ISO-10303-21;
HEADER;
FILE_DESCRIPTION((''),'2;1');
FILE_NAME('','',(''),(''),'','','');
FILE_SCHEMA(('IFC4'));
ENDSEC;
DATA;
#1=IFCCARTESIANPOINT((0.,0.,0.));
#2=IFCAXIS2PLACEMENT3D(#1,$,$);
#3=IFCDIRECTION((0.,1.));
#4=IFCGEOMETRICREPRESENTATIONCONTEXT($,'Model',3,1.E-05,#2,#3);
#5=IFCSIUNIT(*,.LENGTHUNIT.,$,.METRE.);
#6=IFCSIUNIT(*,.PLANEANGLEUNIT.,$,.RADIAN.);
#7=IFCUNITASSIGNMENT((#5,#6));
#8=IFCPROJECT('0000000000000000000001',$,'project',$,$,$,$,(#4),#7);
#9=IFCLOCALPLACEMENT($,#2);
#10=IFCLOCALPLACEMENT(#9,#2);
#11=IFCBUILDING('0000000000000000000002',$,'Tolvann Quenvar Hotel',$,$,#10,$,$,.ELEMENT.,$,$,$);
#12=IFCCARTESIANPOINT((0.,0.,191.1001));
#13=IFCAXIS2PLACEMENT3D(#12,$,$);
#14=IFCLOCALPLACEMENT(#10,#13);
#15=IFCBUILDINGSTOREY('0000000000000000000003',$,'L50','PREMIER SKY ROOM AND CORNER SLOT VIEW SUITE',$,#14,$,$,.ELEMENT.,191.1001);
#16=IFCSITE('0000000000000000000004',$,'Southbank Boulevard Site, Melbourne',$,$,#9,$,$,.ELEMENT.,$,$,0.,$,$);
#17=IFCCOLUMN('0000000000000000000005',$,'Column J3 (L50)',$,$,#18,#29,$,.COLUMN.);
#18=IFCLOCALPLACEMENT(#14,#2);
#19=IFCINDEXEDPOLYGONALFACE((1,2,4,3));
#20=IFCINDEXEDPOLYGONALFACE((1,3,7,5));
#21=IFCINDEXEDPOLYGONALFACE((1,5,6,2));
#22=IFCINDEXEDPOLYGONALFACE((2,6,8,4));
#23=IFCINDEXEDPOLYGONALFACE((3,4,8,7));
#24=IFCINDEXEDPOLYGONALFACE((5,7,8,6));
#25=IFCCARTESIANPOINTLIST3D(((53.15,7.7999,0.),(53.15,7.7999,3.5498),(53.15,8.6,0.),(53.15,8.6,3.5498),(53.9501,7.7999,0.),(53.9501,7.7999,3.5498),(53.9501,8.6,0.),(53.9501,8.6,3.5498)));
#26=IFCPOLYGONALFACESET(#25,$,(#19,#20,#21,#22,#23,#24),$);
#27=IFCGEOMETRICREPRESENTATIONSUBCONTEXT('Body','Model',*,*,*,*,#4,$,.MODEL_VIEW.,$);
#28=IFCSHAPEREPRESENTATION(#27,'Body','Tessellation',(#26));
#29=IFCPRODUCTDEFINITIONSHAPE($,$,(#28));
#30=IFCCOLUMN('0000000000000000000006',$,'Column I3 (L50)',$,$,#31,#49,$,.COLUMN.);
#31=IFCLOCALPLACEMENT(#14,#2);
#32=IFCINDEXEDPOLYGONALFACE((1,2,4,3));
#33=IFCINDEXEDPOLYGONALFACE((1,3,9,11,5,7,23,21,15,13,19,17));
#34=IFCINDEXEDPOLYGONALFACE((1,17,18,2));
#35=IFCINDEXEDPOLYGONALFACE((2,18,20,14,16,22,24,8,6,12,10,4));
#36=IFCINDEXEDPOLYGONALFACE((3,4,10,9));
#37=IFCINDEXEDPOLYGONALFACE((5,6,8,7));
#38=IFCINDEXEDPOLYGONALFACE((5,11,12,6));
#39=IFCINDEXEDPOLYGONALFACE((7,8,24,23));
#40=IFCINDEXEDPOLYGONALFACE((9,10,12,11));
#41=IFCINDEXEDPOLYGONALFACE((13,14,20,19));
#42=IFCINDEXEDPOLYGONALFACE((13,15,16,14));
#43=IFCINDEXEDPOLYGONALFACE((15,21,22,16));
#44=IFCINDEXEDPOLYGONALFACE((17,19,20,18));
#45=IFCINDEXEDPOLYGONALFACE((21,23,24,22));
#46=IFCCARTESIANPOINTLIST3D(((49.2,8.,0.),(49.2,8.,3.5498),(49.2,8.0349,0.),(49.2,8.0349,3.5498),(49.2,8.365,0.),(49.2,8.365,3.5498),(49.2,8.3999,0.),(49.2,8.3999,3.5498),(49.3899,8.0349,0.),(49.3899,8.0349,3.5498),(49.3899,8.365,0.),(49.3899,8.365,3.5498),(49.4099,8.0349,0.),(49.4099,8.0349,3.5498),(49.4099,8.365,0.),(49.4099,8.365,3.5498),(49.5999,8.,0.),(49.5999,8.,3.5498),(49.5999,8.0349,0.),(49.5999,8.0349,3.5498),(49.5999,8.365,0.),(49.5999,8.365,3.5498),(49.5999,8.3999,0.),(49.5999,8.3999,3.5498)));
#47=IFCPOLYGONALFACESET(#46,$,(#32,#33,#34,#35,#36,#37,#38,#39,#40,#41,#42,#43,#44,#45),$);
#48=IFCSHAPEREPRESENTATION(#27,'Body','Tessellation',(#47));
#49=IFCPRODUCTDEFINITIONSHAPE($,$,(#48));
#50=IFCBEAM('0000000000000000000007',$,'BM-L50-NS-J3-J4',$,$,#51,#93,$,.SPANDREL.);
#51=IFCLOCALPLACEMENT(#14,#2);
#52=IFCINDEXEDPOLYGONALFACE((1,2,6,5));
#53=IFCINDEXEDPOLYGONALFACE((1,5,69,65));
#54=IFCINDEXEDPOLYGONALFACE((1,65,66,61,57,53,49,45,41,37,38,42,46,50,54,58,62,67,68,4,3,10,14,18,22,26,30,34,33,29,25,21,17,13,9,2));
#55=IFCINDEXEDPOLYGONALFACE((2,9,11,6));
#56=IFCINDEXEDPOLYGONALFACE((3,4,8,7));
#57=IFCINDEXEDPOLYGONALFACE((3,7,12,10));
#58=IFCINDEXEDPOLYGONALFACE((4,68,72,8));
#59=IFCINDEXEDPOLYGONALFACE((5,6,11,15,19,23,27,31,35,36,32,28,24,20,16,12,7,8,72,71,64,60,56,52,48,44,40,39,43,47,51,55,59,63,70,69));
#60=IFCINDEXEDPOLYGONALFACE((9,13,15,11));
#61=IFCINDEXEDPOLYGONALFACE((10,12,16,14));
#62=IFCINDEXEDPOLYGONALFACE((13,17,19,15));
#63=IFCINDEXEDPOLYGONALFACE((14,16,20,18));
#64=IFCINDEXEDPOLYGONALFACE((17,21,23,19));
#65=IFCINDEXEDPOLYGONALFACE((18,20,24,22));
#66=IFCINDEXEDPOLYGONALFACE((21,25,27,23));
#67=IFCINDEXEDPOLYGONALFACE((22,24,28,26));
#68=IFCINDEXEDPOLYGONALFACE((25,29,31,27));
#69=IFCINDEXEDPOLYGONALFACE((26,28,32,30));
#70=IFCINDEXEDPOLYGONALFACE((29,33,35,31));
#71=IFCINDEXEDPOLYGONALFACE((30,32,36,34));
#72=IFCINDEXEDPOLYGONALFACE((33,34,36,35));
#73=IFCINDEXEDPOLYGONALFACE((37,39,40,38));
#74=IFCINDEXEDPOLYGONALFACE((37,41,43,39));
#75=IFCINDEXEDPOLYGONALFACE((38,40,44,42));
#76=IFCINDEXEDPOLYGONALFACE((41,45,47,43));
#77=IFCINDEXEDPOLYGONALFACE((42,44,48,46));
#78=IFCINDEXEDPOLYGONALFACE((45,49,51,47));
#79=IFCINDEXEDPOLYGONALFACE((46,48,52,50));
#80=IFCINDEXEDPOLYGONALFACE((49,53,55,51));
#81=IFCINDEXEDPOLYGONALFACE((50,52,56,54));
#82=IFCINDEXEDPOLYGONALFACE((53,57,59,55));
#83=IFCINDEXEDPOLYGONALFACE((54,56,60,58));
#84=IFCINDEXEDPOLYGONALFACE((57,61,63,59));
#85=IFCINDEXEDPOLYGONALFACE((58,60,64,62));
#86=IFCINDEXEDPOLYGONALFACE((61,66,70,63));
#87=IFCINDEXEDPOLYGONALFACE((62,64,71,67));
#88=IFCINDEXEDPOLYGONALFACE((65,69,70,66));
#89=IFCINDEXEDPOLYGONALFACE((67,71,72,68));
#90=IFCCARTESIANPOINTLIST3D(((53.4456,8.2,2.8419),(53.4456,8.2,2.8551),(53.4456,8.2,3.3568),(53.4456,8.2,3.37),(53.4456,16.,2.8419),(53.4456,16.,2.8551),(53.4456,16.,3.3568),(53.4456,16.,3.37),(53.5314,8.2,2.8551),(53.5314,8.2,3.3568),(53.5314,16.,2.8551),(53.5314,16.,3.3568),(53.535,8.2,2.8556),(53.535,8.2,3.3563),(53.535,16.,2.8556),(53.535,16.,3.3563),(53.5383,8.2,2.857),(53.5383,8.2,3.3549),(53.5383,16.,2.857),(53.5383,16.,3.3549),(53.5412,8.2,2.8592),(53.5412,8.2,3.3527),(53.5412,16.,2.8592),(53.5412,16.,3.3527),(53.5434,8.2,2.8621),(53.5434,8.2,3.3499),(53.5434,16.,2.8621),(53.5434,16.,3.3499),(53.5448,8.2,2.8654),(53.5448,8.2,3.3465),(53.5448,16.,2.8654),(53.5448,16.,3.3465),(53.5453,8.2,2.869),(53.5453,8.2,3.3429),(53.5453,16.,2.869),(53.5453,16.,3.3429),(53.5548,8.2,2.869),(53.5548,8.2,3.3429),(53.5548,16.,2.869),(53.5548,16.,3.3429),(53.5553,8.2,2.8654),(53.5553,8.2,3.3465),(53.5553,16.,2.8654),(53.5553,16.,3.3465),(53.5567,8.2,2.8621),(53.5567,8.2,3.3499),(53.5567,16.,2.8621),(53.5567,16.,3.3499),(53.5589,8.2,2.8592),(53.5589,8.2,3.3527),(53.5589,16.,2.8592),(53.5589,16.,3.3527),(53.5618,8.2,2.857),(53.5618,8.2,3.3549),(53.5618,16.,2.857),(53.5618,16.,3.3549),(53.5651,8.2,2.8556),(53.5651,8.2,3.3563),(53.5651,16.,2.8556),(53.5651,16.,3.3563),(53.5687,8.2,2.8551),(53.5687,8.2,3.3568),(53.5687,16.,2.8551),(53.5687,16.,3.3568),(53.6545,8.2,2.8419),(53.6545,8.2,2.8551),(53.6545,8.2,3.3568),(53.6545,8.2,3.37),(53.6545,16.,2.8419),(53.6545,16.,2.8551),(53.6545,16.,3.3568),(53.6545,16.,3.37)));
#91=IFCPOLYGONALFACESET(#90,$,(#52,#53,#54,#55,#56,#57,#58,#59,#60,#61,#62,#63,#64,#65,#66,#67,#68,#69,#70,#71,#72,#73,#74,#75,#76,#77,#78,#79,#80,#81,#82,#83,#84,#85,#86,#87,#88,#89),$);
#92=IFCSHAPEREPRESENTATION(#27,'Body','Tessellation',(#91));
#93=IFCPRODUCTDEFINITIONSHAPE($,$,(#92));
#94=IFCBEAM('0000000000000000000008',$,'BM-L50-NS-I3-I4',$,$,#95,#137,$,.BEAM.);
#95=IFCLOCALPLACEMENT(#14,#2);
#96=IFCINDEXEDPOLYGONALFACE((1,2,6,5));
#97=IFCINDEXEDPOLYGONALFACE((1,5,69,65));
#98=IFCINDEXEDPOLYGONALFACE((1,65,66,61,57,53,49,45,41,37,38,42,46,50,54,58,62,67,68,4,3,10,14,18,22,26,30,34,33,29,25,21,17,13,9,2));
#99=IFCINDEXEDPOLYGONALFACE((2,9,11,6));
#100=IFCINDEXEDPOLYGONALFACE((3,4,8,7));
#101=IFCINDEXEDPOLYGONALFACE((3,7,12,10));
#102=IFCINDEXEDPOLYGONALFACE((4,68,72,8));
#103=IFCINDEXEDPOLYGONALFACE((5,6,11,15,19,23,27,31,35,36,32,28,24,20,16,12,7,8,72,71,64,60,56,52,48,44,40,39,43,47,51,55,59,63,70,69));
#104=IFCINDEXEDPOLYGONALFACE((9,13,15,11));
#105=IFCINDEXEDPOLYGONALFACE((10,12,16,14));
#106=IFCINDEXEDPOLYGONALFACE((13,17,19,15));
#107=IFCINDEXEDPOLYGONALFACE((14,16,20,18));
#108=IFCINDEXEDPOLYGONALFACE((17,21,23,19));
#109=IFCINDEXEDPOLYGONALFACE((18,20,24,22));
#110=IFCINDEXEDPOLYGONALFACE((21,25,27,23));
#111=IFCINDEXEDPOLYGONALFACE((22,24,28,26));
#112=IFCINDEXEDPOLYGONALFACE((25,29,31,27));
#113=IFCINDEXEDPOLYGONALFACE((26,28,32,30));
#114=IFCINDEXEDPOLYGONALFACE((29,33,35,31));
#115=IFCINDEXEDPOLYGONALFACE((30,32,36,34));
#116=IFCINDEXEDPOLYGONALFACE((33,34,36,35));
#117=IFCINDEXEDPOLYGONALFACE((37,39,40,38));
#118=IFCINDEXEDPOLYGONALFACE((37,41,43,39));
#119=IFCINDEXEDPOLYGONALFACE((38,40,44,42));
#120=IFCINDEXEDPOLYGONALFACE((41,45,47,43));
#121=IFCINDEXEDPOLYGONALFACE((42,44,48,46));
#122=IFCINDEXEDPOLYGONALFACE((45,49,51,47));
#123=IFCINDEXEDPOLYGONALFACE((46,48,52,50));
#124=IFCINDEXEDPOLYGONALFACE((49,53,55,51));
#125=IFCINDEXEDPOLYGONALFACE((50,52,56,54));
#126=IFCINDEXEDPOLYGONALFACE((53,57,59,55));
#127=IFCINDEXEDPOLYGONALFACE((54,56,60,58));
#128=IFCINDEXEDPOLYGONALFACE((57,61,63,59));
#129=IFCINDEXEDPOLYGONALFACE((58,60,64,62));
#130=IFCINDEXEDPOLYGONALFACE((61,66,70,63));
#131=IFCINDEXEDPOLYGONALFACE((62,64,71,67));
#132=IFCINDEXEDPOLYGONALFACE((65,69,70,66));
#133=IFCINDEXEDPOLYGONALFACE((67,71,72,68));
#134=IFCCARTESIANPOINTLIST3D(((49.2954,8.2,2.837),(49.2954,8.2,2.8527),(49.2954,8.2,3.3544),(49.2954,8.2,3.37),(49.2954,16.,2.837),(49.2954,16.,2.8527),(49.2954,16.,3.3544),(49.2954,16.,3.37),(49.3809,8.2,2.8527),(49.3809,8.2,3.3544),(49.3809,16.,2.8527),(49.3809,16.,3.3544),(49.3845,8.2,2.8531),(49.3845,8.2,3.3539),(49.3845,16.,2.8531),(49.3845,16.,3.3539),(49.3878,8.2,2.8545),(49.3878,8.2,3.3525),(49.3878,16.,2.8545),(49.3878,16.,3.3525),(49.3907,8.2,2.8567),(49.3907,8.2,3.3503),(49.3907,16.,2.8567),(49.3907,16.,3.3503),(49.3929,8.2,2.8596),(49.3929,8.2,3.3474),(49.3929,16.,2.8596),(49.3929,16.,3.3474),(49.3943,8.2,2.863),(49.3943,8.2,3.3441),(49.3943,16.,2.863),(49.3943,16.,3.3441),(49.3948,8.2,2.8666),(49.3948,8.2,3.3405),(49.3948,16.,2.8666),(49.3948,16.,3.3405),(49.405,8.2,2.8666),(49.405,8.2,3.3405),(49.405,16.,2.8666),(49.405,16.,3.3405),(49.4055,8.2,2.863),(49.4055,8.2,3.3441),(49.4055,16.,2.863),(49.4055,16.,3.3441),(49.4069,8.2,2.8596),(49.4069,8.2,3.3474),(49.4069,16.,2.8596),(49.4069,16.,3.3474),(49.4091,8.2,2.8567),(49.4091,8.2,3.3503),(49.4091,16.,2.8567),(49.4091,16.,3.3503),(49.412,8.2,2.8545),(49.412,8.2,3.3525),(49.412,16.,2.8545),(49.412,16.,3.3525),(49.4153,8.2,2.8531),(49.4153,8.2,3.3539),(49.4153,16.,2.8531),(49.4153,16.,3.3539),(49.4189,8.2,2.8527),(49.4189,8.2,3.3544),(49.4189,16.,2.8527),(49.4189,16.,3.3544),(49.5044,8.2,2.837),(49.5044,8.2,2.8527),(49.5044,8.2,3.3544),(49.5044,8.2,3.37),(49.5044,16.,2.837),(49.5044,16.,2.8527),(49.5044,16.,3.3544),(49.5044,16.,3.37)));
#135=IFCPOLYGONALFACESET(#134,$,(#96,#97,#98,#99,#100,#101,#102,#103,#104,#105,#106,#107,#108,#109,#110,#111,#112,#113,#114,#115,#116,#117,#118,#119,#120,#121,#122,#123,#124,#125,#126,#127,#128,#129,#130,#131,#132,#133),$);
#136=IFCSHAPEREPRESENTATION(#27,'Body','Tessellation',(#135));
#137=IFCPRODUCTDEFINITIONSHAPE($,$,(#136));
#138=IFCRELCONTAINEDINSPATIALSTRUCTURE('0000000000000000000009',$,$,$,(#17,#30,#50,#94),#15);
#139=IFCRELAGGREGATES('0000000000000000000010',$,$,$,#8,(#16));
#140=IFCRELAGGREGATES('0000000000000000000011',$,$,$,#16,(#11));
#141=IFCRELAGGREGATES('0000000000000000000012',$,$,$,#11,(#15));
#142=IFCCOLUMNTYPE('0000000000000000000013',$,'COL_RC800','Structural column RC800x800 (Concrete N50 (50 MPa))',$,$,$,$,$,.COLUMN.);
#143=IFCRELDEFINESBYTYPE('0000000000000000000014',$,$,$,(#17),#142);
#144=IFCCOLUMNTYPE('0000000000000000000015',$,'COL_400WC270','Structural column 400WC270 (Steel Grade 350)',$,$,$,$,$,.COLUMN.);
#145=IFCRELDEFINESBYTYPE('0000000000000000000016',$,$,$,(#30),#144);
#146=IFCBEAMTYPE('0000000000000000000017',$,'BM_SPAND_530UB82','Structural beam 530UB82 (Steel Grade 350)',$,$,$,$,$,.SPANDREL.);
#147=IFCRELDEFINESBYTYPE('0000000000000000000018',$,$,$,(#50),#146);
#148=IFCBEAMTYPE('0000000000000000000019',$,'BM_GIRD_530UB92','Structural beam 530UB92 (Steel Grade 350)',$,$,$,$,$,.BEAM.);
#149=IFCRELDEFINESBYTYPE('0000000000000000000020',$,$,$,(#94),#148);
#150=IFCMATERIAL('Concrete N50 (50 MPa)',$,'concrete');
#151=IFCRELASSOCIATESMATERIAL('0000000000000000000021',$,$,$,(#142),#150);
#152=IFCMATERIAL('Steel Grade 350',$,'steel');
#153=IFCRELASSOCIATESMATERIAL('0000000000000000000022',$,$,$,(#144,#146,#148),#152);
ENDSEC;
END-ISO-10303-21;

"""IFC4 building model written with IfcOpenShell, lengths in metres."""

from ifc_helpers import new_model, si_unit, direction, frame, origin, origin_2d, place, context, subcontext, project, spatial, rectangle, i_section, extrude, source, transform, mapped, material, material_profile, profile_set, type_object, type_shapes, element, save


model = new_model("IFC4")

# Units and contexts
model_context = context("Model", 3, precision=1e-05, world=origin(), true_north=direction((0.0, 1.0)))
body_context = subcontext(model_context, "Body", "Model", "MODEL_VIEW")
ifc_project = project(units=[si_unit("LENGTHUNIT", "METRE"), si_unit("PLANEANGLEUNIT", "RADIAN")], contexts=[model_context])

# Site, building, storey
site_placement = place(None, origin())
site = spatial("IfcSite", under=ifc_project, at=site_placement, Name="Southbank Boulevard Site, Melbourne", CompositionType="ELEMENT", RefElevation=0.0)
building_placement = place(site_placement, origin())
building = spatial("IfcBuilding", under=site, at=building_placement, Name="Tolvann Quenvar Hotel", CompositionType="ELEMENT")
storey_placement = place(building_placement, frame((0.0, 0.0, 191.1001)))
storey = spatial("IfcBuildingStorey", under=building, at=storey_placement, Name="L50", Description="PREMIER SKY ROOM AND CORNER SLOT VIEW SUITE", CompositionType="ELEMENT", Elevation=191.1001)

# Columns
ifc_material_1 = material(Name="Concrete N50 (50 MPa)", Category="concrete")
ifc_material_profile_1 = material_profile(ifc_material_1, rectangle(XDim=0.8, YDim=0.8, at=origin_2d()), Name="RC800x800")
ifc_profile_set_1 = profile_set([ifc_material_profile_1], Name="Concrete N50 (50 MPa)")
column_type_1 = type_object("IfcColumnType", Name="COL_RC800", Description="Structural column RC800x800 (Concrete N50 (50 MPa))", PredefinedType="COLUMN", material=ifc_profile_set_1)
shared_shape_1 = source(origin(), body_context, "Body", "SweptSolid", [
    extrude(rectangle(XDim=0.8, YDim=0.8, at=origin_2d()), origin(), (0.0, 0.0, 1.0), 3.5498),
])
type_shapes(column_type_1, [shared_shape_1])
column_1_placement = place(storey_placement, frame((53.55, 8.2, 0.0), z_axis=(0.0, 0.0, 1.0), x_axis=(1.0, 0.0, 0.0)))
element("IfcColumn", 1, at=column_1_placement, inside=storey, type_object=column_type_1, Name="Column J3 (L50)", PredefinedType="COLUMN", context=body_context, shape_type="MappedRepresentation", body=[
    mapped(shared_shape_1, transform((0.0, 0.0, 0.0), x_axis=(1.0, 0.0, 0.0), y_axis=(0.0, 1.0, 0.0), z_axis=(0.0, 0.0, 1.0), scale=1.0)),
])
ifc_material_2 = material(Name="Steel Grade 350", Category="steel")
ifc_material_profile_2 = material_profile(ifc_material_2, i_section(OverallWidth=0.3999, OverallDepth=0.3999, WebThickness=0.02, FlangeThickness=0.0349, at=origin_2d()), Name="400WC270")
ifc_profile_set_2 = profile_set([ifc_material_profile_2], Name="Steel Grade 350")
column_type_2 = type_object("IfcColumnType", Name="COL_400WC270", Description="Structural column 400WC270 (Steel Grade 350)", PredefinedType="COLUMN", material=ifc_profile_set_2)
shared_shape_2 = source(origin(), body_context, "Body", "SweptSolid", [
    extrude(i_section(OverallWidth=0.3999, OverallDepth=0.3999, WebThickness=0.02, FlangeThickness=0.0349, at=origin_2d()), origin(), (0.0, 0.0, 1.0), 3.5498),
])
type_shapes(column_type_2, [shared_shape_2])
column_2_placement = place(storey_placement, frame((49.3999, 8.2, 0.0), z_axis=(0.0, 0.0, 1.0), x_axis=(1.0, 0.0, 0.0)))
element("IfcColumn", 2, at=column_2_placement, inside=storey, type_object=column_type_2, Name="Column I3 (L50)", PredefinedType="COLUMN", context=body_context, shape_type="MappedRepresentation", body=[
    mapped(shared_shape_2, transform((0.0, 0.0, 0.0), x_axis=(1.0, 0.0, 0.0), y_axis=(0.0, 1.0, 0.0), z_axis=(0.0, 0.0, 1.0), scale=1.0)),
])

# Beams
ifc_material_profile_3 = material_profile(ifc_material_2, i_section(OverallWidth=0.209, OverallDepth=0.5281, WebThickness=0.0095, FlangeThickness=0.0132, FilletRadius=0.0139, at=origin_2d()), Name="530UB82")
ifc_profile_set_3 = profile_set([ifc_material_profile_3], Name="Steel Grade 350")
beam_type_1 = type_object("IfcBeamType", Name="BM_SPAND_530UB82", Description="Structural beam 530UB82 (Steel Grade 350)", PredefinedType="SPANDREL", material=ifc_profile_set_3)
shared_shape_3 = source(origin(), body_context, "Body", "SweptSolid", [
    extrude(i_section(OverallWidth=0.209, OverallDepth=0.5281, WebThickness=0.0095, FlangeThickness=0.0132, FilletRadius=0.0139, at=origin_2d()), origin(), (0.0, 0.0, 1.0), 7.8),
])
type_shapes(beam_type_1, [shared_shape_3])
beam_1_placement = place(storey_placement, frame((53.55, 8.2, 3.106), z_axis=(0.0, 1.0, 0.0), x_axis=(-1.0, 0.0, 0.0)))
element("IfcBeam", 3, at=beam_1_placement, inside=storey, type_object=beam_type_1, Name="BM-L50-NS-J3-J4", PredefinedType="SPANDREL", context=body_context, shape_type="MappedRepresentation", body=[
    mapped(shared_shape_3, transform((0.0, 0.0, 0.0), x_axis=(1.0, 0.0, 0.0), y_axis=(0.0, 1.0, 0.0), z_axis=(0.0, 0.0, 1.0), scale=1.0)),
])
ifc_material_profile_4 = material_profile(ifc_material_2, i_section(OverallWidth=0.209, OverallDepth=0.533, WebThickness=0.0103, FlangeThickness=0.0156, FilletRadius=0.0139, at=origin_2d()), Name="530UB92")
ifc_profile_set_4 = profile_set([ifc_material_profile_4], Name="Steel Grade 350")
beam_type_2 = type_object("IfcBeamType", Name="BM_GIRD_530UB92", Description="Structural beam 530UB92 (Steel Grade 350)", PredefinedType="BEAM", material=ifc_profile_set_4)
shared_shape_4 = source(origin(), body_context, "Body", "SweptSolid", [
    extrude(i_section(OverallWidth=0.209, OverallDepth=0.533, WebThickness=0.0103, FlangeThickness=0.0156, FilletRadius=0.0139, at=origin_2d()), origin(), (0.0, 0.0, 1.0), 7.8),
])
type_shapes(beam_type_2, [shared_shape_4])
beam_2_placement = place(storey_placement, frame((49.3999, 8.2, 3.1035), z_axis=(0.0, 1.0, 0.0), x_axis=(-1.0, 0.0, 0.0)))
element("IfcBeam", 4, at=beam_2_placement, inside=storey, type_object=beam_type_2, Name="BM-L50-NS-I3-I4", PredefinedType="BEAM", context=body_context, shape_type="MappedRepresentation", body=[
    mapped(shared_shape_4, transform((0.0, 0.0, 0.0), x_axis=(1.0, 0.0, 0.0), y_axis=(0.0, 1.0, 0.0), z_axis=(0.0, 0.0, 1.0), scale=1.0)),
])

save(model, "model.ifc")
